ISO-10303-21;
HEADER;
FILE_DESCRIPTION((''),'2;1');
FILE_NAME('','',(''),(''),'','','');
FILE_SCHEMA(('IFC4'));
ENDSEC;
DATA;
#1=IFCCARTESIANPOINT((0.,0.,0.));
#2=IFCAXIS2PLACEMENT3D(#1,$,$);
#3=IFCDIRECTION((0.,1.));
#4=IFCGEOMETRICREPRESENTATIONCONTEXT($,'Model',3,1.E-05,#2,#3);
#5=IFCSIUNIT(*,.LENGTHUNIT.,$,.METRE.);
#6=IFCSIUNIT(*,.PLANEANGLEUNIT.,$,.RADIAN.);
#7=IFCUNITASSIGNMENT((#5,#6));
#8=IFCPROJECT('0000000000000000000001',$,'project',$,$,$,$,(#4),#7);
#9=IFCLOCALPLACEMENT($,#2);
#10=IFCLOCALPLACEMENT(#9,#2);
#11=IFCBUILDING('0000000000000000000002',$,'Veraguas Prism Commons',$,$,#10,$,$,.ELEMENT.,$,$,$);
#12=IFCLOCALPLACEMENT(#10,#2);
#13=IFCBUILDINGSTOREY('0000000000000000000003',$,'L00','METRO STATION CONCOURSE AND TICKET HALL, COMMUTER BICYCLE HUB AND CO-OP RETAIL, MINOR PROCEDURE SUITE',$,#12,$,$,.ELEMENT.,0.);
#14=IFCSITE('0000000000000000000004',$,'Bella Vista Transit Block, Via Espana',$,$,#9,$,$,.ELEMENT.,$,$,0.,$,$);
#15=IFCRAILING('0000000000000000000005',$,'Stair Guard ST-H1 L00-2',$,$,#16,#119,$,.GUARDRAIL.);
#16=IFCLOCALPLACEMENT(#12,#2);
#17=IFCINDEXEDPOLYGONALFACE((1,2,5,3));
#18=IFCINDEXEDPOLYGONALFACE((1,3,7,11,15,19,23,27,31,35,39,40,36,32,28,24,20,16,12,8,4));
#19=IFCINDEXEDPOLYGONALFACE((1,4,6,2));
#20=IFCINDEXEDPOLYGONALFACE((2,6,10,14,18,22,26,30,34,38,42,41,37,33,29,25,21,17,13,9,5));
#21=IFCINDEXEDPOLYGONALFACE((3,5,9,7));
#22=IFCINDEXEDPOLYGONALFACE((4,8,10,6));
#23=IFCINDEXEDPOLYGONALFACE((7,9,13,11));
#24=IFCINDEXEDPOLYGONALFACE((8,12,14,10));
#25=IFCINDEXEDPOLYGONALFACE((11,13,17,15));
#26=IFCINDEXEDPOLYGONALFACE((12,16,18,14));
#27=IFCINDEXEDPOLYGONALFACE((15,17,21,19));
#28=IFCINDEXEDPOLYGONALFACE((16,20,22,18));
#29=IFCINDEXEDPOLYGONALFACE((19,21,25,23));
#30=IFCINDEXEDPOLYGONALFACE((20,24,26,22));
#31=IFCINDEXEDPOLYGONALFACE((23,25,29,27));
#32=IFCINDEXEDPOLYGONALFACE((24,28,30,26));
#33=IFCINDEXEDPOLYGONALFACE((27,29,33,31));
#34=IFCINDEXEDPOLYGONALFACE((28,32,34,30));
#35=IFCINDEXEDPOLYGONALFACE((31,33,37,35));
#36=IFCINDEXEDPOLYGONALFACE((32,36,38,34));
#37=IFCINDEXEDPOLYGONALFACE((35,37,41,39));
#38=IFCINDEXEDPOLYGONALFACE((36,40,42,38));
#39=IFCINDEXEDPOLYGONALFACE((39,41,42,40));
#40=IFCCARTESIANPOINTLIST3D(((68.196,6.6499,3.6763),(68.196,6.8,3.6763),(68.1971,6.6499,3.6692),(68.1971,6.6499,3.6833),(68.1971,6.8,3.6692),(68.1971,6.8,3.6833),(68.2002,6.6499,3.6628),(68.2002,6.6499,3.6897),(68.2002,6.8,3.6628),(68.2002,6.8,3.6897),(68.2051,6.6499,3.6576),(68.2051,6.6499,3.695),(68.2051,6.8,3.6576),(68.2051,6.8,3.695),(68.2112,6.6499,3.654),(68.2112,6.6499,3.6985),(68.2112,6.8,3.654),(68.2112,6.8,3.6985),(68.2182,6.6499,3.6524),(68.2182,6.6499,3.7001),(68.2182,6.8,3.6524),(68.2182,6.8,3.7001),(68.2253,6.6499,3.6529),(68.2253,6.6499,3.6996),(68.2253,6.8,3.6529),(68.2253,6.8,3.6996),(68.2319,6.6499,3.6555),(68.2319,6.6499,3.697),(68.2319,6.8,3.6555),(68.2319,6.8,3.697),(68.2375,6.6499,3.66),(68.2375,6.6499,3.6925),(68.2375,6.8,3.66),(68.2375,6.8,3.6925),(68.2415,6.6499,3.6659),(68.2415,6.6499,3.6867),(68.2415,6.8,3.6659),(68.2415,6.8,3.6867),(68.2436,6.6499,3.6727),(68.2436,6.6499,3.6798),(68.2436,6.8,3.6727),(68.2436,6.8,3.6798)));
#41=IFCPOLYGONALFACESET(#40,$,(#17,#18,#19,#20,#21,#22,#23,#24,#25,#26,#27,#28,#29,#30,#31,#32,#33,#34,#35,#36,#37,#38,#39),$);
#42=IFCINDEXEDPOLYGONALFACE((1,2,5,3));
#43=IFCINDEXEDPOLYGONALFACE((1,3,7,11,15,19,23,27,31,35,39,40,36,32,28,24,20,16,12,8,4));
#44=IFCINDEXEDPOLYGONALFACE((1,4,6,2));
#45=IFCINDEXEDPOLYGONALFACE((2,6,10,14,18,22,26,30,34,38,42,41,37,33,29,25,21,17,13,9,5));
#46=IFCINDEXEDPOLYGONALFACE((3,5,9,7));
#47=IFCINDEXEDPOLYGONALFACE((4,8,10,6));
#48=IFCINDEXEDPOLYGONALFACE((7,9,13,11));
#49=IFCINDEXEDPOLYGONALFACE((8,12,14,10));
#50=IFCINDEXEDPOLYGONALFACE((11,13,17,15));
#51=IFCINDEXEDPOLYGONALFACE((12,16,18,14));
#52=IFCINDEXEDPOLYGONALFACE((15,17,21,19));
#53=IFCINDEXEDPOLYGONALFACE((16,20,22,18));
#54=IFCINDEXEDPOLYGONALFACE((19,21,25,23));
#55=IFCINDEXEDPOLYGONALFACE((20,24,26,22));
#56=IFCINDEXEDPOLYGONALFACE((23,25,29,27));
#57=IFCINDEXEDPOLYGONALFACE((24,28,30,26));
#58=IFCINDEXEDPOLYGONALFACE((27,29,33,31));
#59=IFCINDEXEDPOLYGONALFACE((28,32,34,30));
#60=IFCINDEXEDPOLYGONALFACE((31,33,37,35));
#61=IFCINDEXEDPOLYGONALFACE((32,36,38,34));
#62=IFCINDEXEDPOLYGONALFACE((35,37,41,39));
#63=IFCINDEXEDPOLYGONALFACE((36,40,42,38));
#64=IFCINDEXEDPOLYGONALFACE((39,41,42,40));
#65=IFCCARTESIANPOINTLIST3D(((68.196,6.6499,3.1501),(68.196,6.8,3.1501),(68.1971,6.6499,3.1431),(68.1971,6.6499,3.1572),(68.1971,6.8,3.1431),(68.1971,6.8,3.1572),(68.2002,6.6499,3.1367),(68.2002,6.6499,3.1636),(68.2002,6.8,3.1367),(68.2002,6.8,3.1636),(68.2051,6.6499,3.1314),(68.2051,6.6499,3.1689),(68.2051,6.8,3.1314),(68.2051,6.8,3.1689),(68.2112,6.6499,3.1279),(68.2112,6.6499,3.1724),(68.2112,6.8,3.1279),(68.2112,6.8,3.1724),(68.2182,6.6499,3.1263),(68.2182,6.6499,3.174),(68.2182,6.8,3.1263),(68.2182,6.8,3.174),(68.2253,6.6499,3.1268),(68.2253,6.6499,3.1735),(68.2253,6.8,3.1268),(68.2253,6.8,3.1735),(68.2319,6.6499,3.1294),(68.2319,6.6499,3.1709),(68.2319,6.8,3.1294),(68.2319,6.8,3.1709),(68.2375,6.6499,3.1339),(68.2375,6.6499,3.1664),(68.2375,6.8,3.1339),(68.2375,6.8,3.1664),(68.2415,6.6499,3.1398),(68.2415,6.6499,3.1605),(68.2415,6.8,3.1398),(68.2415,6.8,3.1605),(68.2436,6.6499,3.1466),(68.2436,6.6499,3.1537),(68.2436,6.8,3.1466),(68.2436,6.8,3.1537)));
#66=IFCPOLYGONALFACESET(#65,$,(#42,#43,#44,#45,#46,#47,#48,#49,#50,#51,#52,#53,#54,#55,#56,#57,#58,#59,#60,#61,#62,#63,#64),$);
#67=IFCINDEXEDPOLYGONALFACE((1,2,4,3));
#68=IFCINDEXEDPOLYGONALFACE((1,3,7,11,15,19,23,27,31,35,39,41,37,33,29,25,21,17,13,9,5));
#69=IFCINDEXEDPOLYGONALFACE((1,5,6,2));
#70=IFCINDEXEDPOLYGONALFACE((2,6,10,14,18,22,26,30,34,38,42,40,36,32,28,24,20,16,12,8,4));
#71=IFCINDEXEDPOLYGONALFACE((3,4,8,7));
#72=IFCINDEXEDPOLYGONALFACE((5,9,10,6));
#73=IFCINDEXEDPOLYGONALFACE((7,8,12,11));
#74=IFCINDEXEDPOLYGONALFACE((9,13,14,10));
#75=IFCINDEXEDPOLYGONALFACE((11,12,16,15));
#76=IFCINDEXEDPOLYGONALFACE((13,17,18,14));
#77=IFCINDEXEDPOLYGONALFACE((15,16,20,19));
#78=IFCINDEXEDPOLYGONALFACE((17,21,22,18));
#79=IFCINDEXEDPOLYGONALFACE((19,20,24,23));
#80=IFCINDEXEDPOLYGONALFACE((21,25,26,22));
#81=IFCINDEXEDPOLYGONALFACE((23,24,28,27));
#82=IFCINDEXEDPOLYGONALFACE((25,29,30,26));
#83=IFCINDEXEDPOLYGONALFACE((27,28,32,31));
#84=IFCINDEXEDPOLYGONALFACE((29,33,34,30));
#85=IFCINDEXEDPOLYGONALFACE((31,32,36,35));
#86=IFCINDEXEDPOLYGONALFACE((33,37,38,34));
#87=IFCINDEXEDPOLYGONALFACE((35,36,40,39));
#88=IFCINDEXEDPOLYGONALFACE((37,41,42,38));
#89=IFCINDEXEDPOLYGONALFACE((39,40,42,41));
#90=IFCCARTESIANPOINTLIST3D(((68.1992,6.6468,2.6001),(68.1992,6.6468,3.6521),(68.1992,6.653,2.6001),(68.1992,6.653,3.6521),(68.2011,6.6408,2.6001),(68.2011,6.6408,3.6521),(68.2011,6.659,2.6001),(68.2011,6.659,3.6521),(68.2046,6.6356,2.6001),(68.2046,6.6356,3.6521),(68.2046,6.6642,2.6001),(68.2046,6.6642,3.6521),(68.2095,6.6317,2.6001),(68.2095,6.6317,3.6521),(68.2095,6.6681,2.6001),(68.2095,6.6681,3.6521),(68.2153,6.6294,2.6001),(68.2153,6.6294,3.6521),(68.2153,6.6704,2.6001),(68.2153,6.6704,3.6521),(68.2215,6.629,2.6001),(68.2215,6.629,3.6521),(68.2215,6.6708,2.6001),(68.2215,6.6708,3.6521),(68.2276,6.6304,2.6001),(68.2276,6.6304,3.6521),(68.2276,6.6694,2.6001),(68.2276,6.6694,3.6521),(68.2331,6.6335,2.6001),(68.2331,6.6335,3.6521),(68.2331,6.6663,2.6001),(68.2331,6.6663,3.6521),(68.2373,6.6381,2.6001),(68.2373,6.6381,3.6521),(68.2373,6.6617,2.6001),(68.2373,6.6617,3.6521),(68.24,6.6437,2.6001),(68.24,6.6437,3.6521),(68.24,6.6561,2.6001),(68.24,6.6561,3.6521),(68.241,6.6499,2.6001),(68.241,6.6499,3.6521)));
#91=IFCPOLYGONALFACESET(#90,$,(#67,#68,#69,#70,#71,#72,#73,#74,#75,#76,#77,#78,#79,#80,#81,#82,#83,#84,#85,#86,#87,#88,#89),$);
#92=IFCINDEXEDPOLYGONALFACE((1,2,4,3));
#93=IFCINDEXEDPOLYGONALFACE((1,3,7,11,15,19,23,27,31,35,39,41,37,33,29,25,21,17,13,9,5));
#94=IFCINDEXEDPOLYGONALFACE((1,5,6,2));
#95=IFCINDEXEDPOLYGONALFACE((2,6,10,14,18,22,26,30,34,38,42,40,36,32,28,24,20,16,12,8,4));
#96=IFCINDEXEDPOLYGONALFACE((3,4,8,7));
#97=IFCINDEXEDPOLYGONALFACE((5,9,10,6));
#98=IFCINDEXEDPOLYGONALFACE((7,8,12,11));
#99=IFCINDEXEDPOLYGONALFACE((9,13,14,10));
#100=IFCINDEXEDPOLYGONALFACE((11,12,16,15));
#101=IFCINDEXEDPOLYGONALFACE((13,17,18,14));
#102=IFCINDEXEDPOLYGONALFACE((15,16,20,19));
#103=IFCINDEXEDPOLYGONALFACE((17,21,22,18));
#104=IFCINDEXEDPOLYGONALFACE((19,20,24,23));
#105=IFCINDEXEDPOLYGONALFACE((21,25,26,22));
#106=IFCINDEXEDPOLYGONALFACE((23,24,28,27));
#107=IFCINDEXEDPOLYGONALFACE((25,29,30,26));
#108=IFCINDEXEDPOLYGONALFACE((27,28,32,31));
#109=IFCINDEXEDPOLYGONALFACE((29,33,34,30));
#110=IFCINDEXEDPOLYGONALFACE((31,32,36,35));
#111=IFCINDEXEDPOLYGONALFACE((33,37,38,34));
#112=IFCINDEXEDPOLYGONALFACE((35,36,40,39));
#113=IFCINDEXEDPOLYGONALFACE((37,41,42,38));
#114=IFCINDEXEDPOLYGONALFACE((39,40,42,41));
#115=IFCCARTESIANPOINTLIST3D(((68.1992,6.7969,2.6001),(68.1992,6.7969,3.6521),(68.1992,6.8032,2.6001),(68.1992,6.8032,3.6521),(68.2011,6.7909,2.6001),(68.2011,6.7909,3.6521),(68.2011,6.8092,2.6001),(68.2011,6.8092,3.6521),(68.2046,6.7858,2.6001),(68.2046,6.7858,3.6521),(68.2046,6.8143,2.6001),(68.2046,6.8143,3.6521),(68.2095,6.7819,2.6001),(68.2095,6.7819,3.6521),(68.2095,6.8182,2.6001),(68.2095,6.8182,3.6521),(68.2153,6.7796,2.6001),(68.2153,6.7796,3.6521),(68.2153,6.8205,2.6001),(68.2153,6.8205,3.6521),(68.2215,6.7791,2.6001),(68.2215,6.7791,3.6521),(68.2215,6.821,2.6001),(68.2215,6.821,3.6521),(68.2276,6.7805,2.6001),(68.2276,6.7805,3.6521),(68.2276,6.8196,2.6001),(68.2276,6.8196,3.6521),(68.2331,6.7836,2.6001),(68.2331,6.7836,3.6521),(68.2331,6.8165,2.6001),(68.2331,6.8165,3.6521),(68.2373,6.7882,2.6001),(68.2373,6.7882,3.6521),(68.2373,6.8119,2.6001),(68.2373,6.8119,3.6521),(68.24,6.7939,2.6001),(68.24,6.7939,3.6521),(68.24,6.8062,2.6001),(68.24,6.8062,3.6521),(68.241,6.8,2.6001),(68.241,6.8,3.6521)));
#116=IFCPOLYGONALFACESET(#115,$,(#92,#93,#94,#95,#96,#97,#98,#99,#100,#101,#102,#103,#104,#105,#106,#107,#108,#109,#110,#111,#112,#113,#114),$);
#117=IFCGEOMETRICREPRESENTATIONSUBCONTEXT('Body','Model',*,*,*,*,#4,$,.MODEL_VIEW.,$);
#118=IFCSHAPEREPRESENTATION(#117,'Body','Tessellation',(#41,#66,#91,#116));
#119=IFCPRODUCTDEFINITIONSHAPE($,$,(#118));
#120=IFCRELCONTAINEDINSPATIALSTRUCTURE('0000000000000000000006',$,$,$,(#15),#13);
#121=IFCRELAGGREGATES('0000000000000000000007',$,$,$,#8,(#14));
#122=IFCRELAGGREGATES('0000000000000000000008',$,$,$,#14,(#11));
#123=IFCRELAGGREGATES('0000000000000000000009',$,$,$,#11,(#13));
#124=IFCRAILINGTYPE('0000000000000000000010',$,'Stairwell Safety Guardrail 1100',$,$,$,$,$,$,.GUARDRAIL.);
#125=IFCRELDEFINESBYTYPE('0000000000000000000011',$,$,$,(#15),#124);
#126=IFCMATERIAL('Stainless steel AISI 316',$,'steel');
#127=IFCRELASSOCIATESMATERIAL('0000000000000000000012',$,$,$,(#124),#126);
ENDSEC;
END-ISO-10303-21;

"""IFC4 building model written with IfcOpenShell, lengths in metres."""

from ifc_helpers import new_model, si_unit, direction, frame, origin, origin_2d, place, context, subcontext, project, spatial, circle, extrude, material, type_object, element, save


model = new_model("IFC4")

# Units and contexts
model_context = context("Model", 3, precision=1e-05, world=origin(), true_north=direction((0.0, 1.0)))
body_context = subcontext(model_context, "Body", "Model", "MODEL_VIEW")
ifc_project = project(units=[si_unit("LENGTHUNIT", "METRE"), si_unit("PLANEANGLEUNIT", "RADIAN")], contexts=[model_context])

# Site, building, storey
site_placement = place(None, origin())
site = spatial("IfcSite", under=ifc_project, at=site_placement, Name="Bella Vista Transit Block, Via Espana", CompositionType="ELEMENT", RefElevation=0.0)
building_placement = place(site_placement, origin())
building = spatial("IfcBuilding", under=site, at=building_placement, Name="Veraguas Prism Commons", CompositionType="ELEMENT")
storey_placement = place(building_placement, origin())
storey = spatial("IfcBuildingStorey", under=building, at=storey_placement, Name="L00", Description="METRO STATION CONCOURSE AND TICKET HALL, COMMUTER BICYCLE HUB AND CO-OP RETAIL, MINOR PROCEDURE SUITE", CompositionType="ELEMENT", Elevation=0.0)

# Shared definitions
ifc_material_1 = material(Name="Stainless steel AISI 316", Category="steel")

# Railing
railing_type_1 = type_object("IfcRailingType", Name="Stairwell Safety Guardrail 1100", PredefinedType="GUARDRAIL", material=ifc_material_1)
railing_1_placement = place(storey_placement, frame((68.22, 6.6499, 2.6001)))
element("IfcRailing", 1, at=railing_1_placement, inside=storey, type_object=railing_type_1, Name="Stair Guard ST-H1 L00-2", PredefinedType="GUARDRAIL", context=body_context, shape_type="SweptSolid", body=[
    extrude(circle(Radius=0.0239, at=origin_2d()), frame((0.0, 0.0, 1.0762), z_axis=(0.0, 1.0, 0.0), x_axis=(-1.0, 0.0, 0.0)), (0.0, 0.0, 1.0), 0.1501),
    extrude(circle(Radius=0.0239, at=origin_2d()), frame((0.0, 0.0, 0.55), z_axis=(0.0, 1.0, 0.0), x_axis=(-1.0, 0.0, 0.0)), (0.0, 0.0, 1.0), 0.1501),
    extrude(circle(Radius=0.021, at=origin_2d()), origin(), (0.0, 0.0, 1.0), 1.052),
    extrude(circle(Radius=0.021, at=origin_2d()), frame((0.0, 0.1501, 0.0)), (0.0, 0.0, 1.0), 1.052),
])

save(model, "model.ifc")
